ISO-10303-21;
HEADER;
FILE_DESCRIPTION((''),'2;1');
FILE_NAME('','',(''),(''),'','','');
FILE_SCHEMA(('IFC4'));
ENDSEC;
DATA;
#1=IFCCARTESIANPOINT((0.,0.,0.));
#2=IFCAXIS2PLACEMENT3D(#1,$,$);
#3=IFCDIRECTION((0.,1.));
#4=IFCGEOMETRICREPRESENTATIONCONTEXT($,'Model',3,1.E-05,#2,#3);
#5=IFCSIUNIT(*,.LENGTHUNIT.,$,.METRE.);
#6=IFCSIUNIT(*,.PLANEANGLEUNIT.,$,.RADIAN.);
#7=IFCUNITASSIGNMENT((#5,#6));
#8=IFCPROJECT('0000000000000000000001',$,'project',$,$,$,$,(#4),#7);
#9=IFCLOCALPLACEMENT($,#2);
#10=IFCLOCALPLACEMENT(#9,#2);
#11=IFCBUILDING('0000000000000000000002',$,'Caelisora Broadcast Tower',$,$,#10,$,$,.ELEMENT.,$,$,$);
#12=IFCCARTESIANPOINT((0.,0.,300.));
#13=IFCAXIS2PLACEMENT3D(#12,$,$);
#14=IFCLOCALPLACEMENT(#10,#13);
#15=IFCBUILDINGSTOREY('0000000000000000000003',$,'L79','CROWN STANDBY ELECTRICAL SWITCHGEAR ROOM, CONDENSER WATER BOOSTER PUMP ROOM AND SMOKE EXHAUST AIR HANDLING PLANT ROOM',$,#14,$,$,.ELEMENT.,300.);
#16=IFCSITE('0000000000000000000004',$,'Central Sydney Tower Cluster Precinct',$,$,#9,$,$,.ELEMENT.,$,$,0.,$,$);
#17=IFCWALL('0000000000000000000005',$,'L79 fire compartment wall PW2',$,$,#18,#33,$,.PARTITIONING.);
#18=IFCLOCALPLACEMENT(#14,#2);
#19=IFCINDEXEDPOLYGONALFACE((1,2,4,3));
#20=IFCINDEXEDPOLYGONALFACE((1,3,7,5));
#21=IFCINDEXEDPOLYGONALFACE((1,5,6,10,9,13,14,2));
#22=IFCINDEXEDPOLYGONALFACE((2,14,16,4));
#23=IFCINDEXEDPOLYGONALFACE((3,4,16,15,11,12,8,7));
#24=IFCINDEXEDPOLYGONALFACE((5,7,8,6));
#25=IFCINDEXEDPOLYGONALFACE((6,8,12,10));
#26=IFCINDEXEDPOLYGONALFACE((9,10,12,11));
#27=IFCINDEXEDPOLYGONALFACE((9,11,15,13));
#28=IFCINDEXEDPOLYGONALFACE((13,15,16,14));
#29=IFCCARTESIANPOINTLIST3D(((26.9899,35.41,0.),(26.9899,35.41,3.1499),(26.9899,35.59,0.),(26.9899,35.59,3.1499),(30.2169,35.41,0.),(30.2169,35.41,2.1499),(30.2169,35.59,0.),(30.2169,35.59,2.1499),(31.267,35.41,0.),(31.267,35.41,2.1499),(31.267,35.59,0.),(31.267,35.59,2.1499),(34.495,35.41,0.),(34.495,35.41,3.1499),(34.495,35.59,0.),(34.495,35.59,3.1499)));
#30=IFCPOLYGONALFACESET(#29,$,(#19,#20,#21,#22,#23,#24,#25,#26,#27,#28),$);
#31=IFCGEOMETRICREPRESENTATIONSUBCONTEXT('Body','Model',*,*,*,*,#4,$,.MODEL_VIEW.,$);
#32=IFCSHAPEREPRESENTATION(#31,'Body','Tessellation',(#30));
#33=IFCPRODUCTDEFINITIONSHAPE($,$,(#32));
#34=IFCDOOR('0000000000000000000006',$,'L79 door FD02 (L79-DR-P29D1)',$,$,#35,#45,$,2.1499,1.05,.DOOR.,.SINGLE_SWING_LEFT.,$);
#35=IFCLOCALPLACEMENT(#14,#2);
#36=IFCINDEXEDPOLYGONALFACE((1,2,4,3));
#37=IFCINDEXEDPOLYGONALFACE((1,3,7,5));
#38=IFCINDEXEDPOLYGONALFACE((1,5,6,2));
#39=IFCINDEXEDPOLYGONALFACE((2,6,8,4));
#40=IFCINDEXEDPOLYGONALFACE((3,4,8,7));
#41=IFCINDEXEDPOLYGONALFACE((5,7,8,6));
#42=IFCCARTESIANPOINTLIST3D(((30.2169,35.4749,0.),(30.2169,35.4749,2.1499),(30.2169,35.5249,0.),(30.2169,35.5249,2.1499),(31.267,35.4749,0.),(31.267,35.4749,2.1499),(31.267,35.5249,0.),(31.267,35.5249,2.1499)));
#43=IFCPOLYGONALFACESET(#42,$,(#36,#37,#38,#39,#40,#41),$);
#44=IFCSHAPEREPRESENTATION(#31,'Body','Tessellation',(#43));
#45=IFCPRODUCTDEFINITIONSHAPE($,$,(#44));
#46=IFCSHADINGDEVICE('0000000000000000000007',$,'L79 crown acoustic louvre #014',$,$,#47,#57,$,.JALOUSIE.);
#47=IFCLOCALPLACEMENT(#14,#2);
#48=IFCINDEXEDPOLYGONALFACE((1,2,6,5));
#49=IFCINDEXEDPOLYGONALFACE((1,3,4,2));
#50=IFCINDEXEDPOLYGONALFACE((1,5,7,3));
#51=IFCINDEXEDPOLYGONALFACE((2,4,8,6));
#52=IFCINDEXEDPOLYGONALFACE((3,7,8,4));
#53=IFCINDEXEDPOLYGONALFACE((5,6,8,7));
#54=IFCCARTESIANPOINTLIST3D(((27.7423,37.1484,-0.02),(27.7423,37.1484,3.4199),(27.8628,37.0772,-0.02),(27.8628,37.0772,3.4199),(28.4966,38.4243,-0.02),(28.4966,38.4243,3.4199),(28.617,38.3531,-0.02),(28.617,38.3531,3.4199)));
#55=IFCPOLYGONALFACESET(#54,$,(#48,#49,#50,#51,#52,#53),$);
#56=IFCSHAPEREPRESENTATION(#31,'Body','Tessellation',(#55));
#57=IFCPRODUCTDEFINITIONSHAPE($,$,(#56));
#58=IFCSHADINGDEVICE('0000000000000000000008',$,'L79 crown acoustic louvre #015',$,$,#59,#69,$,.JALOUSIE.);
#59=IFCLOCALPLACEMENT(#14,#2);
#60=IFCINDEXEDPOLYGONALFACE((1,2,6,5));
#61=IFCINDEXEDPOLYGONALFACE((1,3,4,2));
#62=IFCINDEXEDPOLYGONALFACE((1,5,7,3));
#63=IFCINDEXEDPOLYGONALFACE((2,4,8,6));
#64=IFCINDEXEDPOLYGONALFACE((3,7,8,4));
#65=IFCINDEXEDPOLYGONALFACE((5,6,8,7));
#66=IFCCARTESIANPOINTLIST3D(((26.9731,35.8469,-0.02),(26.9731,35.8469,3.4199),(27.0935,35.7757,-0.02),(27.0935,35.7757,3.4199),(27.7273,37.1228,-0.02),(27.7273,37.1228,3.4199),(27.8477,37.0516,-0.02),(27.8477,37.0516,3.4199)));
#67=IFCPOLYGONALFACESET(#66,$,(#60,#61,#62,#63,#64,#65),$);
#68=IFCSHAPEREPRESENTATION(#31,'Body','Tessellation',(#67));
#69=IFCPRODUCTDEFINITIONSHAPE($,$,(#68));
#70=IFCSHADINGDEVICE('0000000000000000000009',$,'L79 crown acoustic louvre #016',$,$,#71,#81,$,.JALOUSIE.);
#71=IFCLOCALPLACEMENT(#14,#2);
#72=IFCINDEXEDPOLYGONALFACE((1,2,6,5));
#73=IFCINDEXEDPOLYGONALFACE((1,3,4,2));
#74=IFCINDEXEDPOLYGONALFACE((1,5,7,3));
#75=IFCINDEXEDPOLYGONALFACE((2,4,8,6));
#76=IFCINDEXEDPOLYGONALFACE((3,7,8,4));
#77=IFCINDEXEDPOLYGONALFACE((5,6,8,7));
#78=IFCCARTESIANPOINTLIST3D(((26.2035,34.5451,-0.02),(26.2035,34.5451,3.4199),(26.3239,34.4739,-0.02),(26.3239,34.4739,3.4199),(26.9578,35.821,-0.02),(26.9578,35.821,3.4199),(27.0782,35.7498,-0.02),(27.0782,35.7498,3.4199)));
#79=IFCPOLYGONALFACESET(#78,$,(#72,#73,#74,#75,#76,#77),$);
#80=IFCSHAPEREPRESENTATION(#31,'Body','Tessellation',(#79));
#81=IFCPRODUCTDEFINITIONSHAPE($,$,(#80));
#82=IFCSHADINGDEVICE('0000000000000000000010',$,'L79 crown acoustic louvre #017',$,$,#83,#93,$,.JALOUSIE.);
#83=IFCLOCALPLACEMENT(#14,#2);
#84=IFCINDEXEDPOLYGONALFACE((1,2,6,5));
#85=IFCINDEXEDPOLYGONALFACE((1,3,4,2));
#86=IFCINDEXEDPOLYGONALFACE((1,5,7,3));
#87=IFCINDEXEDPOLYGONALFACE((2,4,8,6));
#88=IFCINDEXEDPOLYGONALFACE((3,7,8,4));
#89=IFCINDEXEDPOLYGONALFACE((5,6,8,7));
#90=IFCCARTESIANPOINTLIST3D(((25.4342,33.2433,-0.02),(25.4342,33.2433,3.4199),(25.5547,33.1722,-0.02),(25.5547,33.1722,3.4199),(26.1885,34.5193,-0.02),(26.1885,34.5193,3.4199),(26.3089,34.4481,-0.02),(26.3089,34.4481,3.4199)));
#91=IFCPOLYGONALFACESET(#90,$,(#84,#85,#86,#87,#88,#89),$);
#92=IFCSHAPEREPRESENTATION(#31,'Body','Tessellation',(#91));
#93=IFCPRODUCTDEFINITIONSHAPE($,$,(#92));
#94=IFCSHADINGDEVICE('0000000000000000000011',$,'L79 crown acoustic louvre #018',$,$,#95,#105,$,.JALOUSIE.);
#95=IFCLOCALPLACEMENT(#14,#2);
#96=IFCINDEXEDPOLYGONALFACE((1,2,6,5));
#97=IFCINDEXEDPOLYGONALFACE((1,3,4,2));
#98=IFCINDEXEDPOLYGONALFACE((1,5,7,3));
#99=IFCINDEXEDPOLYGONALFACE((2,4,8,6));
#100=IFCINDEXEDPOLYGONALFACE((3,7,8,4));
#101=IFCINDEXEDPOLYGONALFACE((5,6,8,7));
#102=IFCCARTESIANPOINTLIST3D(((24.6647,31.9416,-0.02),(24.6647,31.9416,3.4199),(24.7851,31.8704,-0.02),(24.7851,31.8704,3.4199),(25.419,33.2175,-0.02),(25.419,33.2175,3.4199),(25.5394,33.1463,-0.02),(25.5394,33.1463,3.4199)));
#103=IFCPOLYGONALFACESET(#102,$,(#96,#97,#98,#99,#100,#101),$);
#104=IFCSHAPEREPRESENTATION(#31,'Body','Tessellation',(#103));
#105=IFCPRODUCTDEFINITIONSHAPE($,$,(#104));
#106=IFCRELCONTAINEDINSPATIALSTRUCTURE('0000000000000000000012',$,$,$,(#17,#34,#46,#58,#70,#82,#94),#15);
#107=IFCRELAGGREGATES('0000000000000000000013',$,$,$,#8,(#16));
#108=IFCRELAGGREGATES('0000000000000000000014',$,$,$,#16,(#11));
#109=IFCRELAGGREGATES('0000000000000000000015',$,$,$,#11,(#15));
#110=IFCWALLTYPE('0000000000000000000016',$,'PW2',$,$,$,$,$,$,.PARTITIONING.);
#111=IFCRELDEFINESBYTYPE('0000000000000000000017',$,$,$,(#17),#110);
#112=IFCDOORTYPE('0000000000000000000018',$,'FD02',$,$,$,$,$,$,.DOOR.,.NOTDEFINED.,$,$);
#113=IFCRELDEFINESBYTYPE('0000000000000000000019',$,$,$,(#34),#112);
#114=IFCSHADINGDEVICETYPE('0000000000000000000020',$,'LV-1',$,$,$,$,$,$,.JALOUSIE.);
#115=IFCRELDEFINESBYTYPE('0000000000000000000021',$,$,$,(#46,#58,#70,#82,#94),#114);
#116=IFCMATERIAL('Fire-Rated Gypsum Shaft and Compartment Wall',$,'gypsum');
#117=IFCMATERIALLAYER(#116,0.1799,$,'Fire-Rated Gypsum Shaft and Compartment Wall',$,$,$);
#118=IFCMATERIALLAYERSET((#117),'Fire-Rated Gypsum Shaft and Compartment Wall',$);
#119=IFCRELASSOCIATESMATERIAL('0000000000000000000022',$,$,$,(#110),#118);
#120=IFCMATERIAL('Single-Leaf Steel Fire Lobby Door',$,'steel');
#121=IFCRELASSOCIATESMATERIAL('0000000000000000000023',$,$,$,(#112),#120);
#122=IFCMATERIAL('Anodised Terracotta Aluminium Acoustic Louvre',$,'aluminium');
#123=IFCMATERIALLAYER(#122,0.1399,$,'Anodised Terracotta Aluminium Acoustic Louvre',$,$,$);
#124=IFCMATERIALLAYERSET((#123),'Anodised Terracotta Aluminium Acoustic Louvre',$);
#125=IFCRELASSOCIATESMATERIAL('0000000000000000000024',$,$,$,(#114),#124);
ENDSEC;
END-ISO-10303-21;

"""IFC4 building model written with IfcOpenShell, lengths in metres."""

from ifc_helpers import new_model, si_unit, direction, frame, frame_2d, origin, origin_2d, place, context, subcontext, project, spatial, rectangle, extrude, source, transform, mapped, material, layer, layer_set, type_object, type_shapes, element, fill, save


model = new_model("IFC4")

# Units and contexts
model_context = context("Model", 3, precision=1e-05, world=origin(), true_north=direction((0.0, 1.0)))
body_context = subcontext(model_context, "Body", "Model", "MODEL_VIEW")
ifc_project = project(units=[si_unit("LENGTHUNIT", "METRE"), si_unit("PLANEANGLEUNIT", "RADIAN")], contexts=[model_context])

# Site, building, storey
site_placement = place(None, origin())
site = spatial("IfcSite", under=ifc_project, at=site_placement, Name="Central Sydney Tower Cluster Precinct", CompositionType="ELEMENT", RefElevation=0.0)
building_placement = place(site_placement, origin())
building = spatial("IfcBuilding", under=site, at=building_placement, Name="Caelisora Broadcast Tower", CompositionType="ELEMENT")
storey_placement = place(building_placement, frame((0.0, 0.0, 300.0)))
storey = spatial("IfcBuildingStorey", under=building, at=storey_placement, Name="L79", Description="CROWN STANDBY ELECTRICAL SWITCHGEAR ROOM, CONDENSER WATER BOOSTER PUMP ROOM AND SMOKE EXHAUST AIR HANDLING PLANT ROOM", CompositionType="ELEMENT", Elevation=300.0)

# Shared definitions
ifc_material_1 = material(Name="Fire-Rated Gypsum Shaft and Compartment Wall", Category="gypsum")
ifc_layer_1 = layer(ifc_material_1, 0.1799, Name="Fire-Rated Gypsum Shaft and Compartment Wall")
ifc_layer_set_1 = layer_set([ifc_layer_1], Name="Fire-Rated Gypsum Shaft and Compartment Wall")
wall_type = type_object("IfcWallType", Name="PW2", PredefinedType="PARTITIONING", material=ifc_layer_set_1)

# Wall, opening, door
wall_1_placement = place(storey_placement, frame((26.99, 35.5, 0.0), z_axis=(0.0, 0.0, 1.0), x_axis=(1.0, 0.0, 0.0)))
wall_1 = element("IfcWall", 1, at=wall_1_placement, inside=storey, type_object=wall_type, Name="L79 fire compartment wall PW2", PredefinedType="PARTITIONING", context=body_context, shape_type="SweptSolid", body=[
    extrude(rectangle(XDim=7.5051, YDim=0.1799, at=frame_2d((3.7524, 0.0))), origin(), (0.0, 0.0, 1.0), 3.1499),
])
opening_1_placement = place(wall_1_placement, frame((3.2271, 0.0, 0.0)))
opening_1 = element("IfcOpeningElement", 2, at=opening_1_placement, cuts=wall_1, PredefinedType="OPENING", context=body_context, shape_type="SweptSolid", body=[
    extrude(rectangle(XDim=1.05, YDim=2.1499, at=frame_2d((0.5249, 1.075))), frame((0.0, 0.1021, 0.0), z_axis=(0.0, -1.0, 0.0), x_axis=(1.0, 0.0, 0.0)), (0.0, 0.0, 1.0), 0.2039),
])
ifc_material_2 = material(Name="Single-Leaf Steel Fire Lobby Door", Category="steel")
door_type = type_object("IfcDoorType", Name="FD02", OperationType="NOTDEFINED", PredefinedType="DOOR", material=ifc_material_2)
door_1_placement = place(opening_1_placement, origin())
door_1 = element("IfcDoor", 3, at=door_1_placement, inside=storey, type_object=door_type, Name="L79 door FD02 (L79-DR-P29D1)", OperationType="SINGLE_SWING_LEFT", OverallHeight=2.1499, OverallWidth=1.05, PredefinedType="DOOR", context=body_context, shape_type="SweptSolid", body=[
    extrude(rectangle(XDim=1.05, YDim=2.1499, at=frame_2d((0.5249, 1.075))), frame((0.0, 0.0249, 0.0), z_axis=(0.0, -1.0, 0.0), x_axis=(1.0, 0.0, 0.0)), (0.0, 0.0, 1.0), 0.05),
])
fill(opening_1, door_1)

# Shading devices
ifc_material_3 = material(Name="Anodised Terracotta Aluminium Acoustic Louvre", Category="aluminium")
ifc_layer_2 = layer(ifc_material_3, 0.1399, Name="Anodised Terracotta Aluminium Acoustic Louvre")
ifc_layer_set_2 = layer_set([ifc_layer_2], Name="Anodised Terracotta Aluminium Acoustic Louvre")
shading_device_type = type_object("IfcShadingDeviceType", Name="LV-1", PredefinedType="JALOUSIE", material=ifc_layer_set_2)
shared_shape_1 = source(origin(), body_context, "Body", "SweptSolid", [
    extrude(rectangle(XDim=1.4822, YDim=0.1399, at=origin_2d()), origin(), (0.0, 0.0, 1.0), 3.4399),
])
type_shapes(shading_device_type, [shared_shape_1])
for number, where, z_axis, x_axis, name in (
    (4, (28.1797, 37.7507, -0.02), (0.0, 0.0, 1.0), (-0.508891, -0.860831, 0.0), "L79 crown acoustic louvre #014"),
    (5, (27.4104, 36.4492, -0.02), (0.0, 0.0, 1.0), (-0.508891, -0.860831, 0.0), "L79 crown acoustic louvre #015"),
    (6, (26.6409, 35.1475, -0.02), (0.0, 0.0, 1.0), (-0.508891, -0.860831, 0.0), "L79 crown acoustic louvre #016"),
    (7, (25.8716, 33.8457, -0.02), (0.0, 0.0, 1.0), (-0.508891, -0.860831, 0.0), "L79 crown acoustic louvre #017"),
    (8, (25.1021, 32.5439, -0.02), (0.0, 0.0, 1.0), (-0.508891, -0.860831, 0.0), "L79 crown acoustic louvre #018"),
):
    element("IfcShadingDevice", number, at=place(storey_placement, frame(where, z_axis=z_axis, x_axis=x_axis)), inside=storey, type_object=shading_device_type, Name=name, PredefinedType="JALOUSIE", context=body_context, shape_type="MappedRepresentation", body=[
        mapped(shared_shape_1, transform((0.0, 0.0, 0.0), scale=1.0)),
    ])

save(model, "model.ifc")
